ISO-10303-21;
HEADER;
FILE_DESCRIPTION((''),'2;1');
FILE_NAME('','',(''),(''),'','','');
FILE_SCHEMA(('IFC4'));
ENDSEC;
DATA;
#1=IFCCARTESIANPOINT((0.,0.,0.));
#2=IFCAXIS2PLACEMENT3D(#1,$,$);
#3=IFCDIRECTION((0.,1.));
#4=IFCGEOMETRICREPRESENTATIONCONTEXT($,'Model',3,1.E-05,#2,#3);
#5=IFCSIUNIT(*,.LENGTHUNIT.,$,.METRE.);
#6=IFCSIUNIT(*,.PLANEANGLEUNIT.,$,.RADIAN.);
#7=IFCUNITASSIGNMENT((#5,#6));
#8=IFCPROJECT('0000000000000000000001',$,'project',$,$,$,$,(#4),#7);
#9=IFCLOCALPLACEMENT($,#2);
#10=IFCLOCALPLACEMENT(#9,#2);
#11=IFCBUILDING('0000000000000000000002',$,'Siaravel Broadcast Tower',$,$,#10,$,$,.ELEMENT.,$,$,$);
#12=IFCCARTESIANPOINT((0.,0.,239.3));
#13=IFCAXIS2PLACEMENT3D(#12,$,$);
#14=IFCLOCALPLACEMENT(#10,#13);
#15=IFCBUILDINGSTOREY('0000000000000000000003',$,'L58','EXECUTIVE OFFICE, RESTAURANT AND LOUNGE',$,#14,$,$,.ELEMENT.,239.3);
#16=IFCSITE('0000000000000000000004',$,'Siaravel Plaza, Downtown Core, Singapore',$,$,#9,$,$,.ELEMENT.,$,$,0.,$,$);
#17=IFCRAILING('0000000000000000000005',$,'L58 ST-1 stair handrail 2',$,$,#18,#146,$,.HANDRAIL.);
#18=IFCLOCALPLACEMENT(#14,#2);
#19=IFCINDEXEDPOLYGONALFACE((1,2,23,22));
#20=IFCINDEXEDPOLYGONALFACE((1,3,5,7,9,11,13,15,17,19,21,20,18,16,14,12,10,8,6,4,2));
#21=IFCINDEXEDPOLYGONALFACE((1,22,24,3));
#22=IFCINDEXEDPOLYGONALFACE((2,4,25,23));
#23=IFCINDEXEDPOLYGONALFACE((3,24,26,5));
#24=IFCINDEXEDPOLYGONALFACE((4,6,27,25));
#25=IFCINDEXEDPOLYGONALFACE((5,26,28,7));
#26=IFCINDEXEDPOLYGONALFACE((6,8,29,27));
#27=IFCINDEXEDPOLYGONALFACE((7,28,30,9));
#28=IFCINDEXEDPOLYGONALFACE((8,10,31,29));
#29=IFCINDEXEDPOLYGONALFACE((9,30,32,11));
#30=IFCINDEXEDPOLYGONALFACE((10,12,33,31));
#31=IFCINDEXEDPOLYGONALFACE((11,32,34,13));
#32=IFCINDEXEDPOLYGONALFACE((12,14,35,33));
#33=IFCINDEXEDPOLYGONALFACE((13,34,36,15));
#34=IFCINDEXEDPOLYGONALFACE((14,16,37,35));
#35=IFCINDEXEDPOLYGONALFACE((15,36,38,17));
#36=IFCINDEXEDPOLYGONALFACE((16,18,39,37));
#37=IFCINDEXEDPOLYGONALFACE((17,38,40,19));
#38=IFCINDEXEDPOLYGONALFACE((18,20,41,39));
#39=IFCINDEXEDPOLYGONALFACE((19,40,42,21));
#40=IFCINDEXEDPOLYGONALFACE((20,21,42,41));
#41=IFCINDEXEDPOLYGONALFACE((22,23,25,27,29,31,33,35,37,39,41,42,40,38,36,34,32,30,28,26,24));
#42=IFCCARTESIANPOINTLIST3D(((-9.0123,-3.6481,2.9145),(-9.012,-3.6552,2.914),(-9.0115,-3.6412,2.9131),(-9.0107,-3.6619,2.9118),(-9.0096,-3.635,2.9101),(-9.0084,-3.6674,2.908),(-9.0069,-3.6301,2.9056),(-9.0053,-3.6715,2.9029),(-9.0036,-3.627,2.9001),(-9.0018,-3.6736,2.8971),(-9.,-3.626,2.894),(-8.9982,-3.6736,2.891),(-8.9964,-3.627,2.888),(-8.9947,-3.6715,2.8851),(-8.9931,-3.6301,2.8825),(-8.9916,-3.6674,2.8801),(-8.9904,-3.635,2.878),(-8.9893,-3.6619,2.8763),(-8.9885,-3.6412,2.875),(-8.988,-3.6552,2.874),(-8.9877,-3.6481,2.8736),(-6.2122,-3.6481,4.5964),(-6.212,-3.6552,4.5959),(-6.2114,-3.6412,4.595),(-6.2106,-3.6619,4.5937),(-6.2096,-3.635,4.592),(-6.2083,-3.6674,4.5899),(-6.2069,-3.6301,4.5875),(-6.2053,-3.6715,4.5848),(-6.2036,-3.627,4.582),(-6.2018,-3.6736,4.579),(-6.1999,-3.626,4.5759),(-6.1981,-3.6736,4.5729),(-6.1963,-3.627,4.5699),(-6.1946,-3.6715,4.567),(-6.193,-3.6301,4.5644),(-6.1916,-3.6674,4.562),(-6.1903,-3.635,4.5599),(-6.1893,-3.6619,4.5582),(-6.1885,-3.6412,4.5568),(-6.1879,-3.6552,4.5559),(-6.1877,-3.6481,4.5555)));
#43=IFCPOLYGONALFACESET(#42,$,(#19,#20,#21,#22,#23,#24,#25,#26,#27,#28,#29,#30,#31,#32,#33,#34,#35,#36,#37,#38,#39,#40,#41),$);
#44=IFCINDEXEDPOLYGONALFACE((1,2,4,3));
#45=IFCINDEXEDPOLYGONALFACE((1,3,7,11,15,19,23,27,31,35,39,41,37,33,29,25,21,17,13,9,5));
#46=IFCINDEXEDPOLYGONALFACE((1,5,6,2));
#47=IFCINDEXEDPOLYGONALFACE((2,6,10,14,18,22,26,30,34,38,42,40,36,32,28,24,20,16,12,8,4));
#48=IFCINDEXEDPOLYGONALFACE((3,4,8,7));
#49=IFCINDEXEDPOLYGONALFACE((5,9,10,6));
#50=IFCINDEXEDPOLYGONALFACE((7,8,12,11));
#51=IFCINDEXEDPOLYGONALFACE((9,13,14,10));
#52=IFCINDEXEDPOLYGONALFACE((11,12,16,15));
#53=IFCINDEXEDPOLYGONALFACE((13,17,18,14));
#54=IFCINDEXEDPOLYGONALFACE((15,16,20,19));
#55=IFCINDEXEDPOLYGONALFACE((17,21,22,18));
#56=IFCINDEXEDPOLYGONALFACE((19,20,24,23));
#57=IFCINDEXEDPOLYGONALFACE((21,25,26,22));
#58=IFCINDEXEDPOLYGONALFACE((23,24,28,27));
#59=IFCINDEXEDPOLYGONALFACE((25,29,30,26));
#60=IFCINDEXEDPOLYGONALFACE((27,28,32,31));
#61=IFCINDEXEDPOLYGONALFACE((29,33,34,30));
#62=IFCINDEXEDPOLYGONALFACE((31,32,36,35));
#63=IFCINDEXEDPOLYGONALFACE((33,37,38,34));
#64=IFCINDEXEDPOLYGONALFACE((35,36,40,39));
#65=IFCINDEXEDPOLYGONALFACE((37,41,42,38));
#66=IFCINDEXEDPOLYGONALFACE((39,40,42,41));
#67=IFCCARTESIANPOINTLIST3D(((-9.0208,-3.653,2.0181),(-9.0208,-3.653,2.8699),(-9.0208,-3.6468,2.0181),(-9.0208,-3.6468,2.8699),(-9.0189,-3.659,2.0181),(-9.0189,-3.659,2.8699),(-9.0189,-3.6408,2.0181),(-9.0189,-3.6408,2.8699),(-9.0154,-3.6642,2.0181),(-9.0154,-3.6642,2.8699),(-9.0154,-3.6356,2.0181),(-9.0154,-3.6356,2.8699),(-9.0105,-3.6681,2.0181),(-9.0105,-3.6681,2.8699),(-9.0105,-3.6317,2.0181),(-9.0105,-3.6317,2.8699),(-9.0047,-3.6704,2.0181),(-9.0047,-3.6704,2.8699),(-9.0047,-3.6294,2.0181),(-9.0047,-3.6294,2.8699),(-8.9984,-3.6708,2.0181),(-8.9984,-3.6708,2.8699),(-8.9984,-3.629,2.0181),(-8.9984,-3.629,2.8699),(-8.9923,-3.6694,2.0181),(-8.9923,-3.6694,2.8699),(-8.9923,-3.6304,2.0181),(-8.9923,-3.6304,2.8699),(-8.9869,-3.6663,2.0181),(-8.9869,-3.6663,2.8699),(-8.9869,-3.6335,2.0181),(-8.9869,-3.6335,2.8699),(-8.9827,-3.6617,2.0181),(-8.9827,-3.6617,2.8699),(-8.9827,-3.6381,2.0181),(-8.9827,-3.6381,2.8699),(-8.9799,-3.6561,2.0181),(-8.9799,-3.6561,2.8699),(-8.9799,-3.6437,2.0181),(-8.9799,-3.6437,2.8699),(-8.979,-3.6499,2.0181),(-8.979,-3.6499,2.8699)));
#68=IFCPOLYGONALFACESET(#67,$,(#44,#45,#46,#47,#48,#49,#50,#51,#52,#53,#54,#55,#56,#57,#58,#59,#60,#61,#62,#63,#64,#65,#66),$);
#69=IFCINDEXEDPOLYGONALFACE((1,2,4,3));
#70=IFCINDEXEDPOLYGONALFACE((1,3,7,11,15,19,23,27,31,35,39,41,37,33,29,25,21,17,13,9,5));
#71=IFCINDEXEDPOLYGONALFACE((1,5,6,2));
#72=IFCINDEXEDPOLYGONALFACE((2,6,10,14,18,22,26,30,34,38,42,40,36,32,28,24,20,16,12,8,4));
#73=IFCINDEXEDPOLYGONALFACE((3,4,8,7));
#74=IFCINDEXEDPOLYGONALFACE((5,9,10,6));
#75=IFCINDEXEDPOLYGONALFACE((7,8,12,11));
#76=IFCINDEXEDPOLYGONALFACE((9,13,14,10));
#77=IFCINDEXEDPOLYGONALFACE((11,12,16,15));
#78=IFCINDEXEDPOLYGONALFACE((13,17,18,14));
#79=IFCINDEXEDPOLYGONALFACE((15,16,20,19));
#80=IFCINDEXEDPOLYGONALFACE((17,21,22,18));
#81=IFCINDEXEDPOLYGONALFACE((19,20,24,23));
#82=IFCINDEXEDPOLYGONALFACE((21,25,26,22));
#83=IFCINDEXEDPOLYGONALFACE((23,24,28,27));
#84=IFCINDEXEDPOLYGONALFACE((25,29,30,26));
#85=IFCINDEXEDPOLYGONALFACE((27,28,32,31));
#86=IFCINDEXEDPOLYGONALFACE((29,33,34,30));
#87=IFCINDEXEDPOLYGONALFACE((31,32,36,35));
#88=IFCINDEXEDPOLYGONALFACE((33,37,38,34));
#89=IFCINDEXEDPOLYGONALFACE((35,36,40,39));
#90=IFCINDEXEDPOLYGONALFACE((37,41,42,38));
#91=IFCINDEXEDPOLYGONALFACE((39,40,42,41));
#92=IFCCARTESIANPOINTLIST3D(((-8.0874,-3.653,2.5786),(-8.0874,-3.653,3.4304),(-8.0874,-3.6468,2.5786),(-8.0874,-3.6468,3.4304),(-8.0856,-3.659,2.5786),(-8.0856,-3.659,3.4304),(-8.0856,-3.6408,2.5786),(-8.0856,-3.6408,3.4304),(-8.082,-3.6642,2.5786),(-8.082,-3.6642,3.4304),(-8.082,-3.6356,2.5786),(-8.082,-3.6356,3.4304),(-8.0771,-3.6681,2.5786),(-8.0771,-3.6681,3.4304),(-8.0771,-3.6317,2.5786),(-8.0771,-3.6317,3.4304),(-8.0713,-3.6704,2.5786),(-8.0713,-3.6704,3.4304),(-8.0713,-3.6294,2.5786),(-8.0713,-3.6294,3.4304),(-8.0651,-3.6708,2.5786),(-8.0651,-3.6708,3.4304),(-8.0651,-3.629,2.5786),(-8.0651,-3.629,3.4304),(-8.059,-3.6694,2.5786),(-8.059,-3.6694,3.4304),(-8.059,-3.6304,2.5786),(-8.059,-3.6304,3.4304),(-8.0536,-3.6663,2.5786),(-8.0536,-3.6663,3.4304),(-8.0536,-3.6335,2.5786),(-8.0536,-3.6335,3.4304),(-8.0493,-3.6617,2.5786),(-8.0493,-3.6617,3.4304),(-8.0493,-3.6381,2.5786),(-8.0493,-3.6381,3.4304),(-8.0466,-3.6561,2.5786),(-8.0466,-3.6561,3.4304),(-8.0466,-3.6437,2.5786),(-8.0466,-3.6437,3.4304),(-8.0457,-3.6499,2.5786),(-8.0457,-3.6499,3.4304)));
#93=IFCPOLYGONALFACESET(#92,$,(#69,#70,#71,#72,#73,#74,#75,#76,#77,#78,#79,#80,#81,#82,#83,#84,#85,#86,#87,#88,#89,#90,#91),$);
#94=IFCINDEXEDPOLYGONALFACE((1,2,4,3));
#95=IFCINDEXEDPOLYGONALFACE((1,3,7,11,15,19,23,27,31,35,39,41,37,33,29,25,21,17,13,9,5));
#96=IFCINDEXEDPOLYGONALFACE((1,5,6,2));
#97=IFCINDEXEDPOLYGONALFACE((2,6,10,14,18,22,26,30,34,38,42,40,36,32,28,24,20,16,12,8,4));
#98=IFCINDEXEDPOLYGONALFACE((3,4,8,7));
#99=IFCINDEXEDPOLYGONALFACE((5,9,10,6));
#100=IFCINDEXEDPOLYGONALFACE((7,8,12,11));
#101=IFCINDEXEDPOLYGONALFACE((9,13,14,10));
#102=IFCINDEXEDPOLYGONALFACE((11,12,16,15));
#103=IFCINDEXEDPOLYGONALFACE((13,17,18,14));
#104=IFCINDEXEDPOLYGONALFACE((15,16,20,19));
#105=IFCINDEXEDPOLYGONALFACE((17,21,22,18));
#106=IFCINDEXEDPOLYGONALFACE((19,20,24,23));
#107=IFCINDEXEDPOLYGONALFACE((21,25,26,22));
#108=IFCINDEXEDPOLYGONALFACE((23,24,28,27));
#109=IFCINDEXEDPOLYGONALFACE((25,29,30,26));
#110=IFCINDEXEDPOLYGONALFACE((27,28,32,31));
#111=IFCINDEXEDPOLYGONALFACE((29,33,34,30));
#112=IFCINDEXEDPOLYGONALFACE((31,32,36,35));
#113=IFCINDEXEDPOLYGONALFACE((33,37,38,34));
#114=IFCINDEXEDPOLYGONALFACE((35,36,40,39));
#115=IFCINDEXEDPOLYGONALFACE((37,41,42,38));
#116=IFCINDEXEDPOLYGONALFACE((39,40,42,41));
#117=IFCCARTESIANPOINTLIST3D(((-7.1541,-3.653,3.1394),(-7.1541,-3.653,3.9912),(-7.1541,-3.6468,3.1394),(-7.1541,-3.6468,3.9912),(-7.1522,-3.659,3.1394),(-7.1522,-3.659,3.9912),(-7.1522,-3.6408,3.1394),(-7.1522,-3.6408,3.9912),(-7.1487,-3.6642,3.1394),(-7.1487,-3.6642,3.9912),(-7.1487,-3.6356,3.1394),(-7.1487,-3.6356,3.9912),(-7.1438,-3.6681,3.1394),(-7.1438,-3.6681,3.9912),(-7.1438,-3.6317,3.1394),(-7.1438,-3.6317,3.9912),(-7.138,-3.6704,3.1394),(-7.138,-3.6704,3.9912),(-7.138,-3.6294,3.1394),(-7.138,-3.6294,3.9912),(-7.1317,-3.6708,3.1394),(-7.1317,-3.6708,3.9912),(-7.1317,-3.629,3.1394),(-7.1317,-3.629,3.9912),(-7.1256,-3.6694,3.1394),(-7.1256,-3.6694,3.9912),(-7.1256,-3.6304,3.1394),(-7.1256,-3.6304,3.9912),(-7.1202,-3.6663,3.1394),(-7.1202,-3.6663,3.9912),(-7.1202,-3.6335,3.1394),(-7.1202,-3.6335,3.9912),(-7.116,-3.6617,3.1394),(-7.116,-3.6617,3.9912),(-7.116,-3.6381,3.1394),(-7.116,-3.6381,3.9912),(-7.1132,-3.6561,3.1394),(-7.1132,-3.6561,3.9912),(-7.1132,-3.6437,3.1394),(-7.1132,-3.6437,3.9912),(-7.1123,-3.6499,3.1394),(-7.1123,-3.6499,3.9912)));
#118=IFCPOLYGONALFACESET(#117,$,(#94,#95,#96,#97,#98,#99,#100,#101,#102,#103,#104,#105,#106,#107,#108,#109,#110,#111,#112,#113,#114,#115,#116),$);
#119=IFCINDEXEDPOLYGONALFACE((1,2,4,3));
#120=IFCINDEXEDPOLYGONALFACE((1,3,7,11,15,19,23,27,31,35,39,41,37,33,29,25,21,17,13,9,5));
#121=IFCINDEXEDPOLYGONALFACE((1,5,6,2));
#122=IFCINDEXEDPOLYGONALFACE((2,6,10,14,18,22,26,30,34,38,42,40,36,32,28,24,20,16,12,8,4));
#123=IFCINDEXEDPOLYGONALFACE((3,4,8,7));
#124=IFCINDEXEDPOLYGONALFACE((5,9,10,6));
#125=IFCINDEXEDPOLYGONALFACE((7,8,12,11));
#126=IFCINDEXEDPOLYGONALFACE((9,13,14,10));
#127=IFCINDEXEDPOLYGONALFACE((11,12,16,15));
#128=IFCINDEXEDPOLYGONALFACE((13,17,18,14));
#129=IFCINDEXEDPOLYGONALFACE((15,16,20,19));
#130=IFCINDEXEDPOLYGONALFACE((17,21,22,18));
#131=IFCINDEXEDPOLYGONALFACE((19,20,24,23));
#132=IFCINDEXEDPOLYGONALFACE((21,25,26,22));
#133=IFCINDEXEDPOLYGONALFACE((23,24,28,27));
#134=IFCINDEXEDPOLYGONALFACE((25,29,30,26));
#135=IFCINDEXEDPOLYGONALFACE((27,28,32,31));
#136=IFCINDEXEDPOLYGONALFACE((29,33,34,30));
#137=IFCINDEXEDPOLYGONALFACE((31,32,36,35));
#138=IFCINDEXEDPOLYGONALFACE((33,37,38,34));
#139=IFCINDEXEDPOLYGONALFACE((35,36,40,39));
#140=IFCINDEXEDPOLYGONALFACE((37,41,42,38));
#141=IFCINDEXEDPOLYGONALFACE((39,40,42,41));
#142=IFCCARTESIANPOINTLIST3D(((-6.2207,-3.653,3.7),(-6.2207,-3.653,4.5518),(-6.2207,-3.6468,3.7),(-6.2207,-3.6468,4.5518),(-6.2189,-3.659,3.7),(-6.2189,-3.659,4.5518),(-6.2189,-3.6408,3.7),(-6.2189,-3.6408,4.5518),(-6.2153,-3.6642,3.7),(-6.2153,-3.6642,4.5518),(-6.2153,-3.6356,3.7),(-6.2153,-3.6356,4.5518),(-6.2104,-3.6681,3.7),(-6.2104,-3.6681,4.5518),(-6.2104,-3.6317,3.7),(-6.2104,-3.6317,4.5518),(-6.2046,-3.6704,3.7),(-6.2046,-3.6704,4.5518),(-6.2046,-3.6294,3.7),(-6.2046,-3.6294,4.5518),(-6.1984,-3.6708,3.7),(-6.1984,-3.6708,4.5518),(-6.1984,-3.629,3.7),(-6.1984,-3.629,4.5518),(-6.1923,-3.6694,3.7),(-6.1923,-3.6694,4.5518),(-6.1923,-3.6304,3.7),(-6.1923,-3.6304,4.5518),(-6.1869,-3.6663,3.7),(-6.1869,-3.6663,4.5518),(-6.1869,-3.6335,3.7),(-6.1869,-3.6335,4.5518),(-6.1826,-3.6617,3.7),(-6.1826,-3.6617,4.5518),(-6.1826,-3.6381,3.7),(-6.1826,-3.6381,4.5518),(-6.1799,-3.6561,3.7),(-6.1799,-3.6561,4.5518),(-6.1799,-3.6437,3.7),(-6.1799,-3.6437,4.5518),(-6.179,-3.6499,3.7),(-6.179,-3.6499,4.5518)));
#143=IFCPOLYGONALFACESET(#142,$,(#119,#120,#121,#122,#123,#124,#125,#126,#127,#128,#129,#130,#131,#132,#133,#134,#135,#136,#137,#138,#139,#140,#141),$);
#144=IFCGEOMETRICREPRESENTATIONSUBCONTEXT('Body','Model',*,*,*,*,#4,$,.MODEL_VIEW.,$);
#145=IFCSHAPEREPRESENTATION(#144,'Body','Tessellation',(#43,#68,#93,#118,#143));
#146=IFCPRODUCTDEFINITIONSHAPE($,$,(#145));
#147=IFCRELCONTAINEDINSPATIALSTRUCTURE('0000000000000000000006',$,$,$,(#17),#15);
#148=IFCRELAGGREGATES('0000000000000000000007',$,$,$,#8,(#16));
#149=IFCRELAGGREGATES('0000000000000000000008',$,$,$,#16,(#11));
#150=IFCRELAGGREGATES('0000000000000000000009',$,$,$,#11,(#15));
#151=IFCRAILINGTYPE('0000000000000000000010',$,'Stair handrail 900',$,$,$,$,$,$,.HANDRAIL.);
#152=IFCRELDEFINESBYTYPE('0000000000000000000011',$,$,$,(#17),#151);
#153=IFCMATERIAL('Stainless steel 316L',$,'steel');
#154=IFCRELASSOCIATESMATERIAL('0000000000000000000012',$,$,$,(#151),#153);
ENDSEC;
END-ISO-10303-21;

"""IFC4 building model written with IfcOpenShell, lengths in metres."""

from ifc_helpers import new_model, si_unit, direction, frame, origin, origin_2d, place, context, subcontext, project, spatial, circle, extrude, material, type_object, element, save


model = new_model("IFC4")

# Units and contexts
model_context = context("Model", 3, precision=1e-05, world=origin(), true_north=direction((0.0, 1.0)))
body_context = subcontext(model_context, "Body", "Model", "MODEL_VIEW")
ifc_project = project(units=[si_unit("LENGTHUNIT", "METRE"), si_unit("PLANEANGLEUNIT", "RADIAN")], contexts=[model_context])

# Site, building, storey
site_placement = place(None, origin())
site = spatial("IfcSite", under=ifc_project, at=site_placement, Name="Siaravel Plaza, Downtown Core, Singapore", CompositionType="ELEMENT", RefElevation=0.0)
building_placement = place(site_placement, origin())
building = spatial("IfcBuilding", under=site, at=building_placement, Name="Siaravel Broadcast Tower", CompositionType="ELEMENT")
storey_placement = place(building_placement, frame((0.0, 0.0, 239.3)))
storey = spatial("IfcBuildingStorey", under=building, at=storey_placement, Name="L58", Description="EXECUTIVE OFFICE, RESTAURANT AND LOUNGE", CompositionType="ELEMENT", Elevation=239.3)

# Shared definitions
ifc_material_1 = material(Name="Stainless steel 316L", Category="steel")

# Railing
railing_type_1 = type_object("IfcRailingType", Name="Stair handrail 900", PredefinedType="HANDRAIL", material=ifc_material_1)
railing_1_placement = place(storey_placement, frame((-9.0, -3.6499, 2.0181)))
element("IfcRailing", 1, at=railing_1_placement, inside=storey, type_object=railing_type_1, Name="L58 ST-1 stair handrail 2", PredefinedType="HANDRAIL", context=body_context, shape_type="SweptSolid", body=[
    extrude(circle(Radius=0.0239, at=origin_2d()), frame((0.0, 0.0, 0.876), z_axis=(0.857242, 0.0, 0.514913), x_axis=(0.0, 1.0, 0.0)), (0.0, 0.0, 1.0), 3.2664),
    extrude(circle(Radius=0.021, at=origin_2d()), origin(), (0.0, 0.0, 1.0), 0.8518),
    extrude(circle(Radius=0.021, at=origin_2d()), frame((0.9333, 0.0, 0.5605)), (0.0, 0.0, 1.0), 0.8518),
    extrude(circle(Radius=0.021, at=origin_2d()), frame((1.8667, 0.0, 1.1213)), (0.0, 0.0, 1.0), 0.8518),
    extrude(circle(Radius=0.021, at=origin_2d()), frame((2.8, 0.0, 1.6819)), (0.0, 0.0, 1.0), 0.8518),
])

save(model, "model.ifc")
